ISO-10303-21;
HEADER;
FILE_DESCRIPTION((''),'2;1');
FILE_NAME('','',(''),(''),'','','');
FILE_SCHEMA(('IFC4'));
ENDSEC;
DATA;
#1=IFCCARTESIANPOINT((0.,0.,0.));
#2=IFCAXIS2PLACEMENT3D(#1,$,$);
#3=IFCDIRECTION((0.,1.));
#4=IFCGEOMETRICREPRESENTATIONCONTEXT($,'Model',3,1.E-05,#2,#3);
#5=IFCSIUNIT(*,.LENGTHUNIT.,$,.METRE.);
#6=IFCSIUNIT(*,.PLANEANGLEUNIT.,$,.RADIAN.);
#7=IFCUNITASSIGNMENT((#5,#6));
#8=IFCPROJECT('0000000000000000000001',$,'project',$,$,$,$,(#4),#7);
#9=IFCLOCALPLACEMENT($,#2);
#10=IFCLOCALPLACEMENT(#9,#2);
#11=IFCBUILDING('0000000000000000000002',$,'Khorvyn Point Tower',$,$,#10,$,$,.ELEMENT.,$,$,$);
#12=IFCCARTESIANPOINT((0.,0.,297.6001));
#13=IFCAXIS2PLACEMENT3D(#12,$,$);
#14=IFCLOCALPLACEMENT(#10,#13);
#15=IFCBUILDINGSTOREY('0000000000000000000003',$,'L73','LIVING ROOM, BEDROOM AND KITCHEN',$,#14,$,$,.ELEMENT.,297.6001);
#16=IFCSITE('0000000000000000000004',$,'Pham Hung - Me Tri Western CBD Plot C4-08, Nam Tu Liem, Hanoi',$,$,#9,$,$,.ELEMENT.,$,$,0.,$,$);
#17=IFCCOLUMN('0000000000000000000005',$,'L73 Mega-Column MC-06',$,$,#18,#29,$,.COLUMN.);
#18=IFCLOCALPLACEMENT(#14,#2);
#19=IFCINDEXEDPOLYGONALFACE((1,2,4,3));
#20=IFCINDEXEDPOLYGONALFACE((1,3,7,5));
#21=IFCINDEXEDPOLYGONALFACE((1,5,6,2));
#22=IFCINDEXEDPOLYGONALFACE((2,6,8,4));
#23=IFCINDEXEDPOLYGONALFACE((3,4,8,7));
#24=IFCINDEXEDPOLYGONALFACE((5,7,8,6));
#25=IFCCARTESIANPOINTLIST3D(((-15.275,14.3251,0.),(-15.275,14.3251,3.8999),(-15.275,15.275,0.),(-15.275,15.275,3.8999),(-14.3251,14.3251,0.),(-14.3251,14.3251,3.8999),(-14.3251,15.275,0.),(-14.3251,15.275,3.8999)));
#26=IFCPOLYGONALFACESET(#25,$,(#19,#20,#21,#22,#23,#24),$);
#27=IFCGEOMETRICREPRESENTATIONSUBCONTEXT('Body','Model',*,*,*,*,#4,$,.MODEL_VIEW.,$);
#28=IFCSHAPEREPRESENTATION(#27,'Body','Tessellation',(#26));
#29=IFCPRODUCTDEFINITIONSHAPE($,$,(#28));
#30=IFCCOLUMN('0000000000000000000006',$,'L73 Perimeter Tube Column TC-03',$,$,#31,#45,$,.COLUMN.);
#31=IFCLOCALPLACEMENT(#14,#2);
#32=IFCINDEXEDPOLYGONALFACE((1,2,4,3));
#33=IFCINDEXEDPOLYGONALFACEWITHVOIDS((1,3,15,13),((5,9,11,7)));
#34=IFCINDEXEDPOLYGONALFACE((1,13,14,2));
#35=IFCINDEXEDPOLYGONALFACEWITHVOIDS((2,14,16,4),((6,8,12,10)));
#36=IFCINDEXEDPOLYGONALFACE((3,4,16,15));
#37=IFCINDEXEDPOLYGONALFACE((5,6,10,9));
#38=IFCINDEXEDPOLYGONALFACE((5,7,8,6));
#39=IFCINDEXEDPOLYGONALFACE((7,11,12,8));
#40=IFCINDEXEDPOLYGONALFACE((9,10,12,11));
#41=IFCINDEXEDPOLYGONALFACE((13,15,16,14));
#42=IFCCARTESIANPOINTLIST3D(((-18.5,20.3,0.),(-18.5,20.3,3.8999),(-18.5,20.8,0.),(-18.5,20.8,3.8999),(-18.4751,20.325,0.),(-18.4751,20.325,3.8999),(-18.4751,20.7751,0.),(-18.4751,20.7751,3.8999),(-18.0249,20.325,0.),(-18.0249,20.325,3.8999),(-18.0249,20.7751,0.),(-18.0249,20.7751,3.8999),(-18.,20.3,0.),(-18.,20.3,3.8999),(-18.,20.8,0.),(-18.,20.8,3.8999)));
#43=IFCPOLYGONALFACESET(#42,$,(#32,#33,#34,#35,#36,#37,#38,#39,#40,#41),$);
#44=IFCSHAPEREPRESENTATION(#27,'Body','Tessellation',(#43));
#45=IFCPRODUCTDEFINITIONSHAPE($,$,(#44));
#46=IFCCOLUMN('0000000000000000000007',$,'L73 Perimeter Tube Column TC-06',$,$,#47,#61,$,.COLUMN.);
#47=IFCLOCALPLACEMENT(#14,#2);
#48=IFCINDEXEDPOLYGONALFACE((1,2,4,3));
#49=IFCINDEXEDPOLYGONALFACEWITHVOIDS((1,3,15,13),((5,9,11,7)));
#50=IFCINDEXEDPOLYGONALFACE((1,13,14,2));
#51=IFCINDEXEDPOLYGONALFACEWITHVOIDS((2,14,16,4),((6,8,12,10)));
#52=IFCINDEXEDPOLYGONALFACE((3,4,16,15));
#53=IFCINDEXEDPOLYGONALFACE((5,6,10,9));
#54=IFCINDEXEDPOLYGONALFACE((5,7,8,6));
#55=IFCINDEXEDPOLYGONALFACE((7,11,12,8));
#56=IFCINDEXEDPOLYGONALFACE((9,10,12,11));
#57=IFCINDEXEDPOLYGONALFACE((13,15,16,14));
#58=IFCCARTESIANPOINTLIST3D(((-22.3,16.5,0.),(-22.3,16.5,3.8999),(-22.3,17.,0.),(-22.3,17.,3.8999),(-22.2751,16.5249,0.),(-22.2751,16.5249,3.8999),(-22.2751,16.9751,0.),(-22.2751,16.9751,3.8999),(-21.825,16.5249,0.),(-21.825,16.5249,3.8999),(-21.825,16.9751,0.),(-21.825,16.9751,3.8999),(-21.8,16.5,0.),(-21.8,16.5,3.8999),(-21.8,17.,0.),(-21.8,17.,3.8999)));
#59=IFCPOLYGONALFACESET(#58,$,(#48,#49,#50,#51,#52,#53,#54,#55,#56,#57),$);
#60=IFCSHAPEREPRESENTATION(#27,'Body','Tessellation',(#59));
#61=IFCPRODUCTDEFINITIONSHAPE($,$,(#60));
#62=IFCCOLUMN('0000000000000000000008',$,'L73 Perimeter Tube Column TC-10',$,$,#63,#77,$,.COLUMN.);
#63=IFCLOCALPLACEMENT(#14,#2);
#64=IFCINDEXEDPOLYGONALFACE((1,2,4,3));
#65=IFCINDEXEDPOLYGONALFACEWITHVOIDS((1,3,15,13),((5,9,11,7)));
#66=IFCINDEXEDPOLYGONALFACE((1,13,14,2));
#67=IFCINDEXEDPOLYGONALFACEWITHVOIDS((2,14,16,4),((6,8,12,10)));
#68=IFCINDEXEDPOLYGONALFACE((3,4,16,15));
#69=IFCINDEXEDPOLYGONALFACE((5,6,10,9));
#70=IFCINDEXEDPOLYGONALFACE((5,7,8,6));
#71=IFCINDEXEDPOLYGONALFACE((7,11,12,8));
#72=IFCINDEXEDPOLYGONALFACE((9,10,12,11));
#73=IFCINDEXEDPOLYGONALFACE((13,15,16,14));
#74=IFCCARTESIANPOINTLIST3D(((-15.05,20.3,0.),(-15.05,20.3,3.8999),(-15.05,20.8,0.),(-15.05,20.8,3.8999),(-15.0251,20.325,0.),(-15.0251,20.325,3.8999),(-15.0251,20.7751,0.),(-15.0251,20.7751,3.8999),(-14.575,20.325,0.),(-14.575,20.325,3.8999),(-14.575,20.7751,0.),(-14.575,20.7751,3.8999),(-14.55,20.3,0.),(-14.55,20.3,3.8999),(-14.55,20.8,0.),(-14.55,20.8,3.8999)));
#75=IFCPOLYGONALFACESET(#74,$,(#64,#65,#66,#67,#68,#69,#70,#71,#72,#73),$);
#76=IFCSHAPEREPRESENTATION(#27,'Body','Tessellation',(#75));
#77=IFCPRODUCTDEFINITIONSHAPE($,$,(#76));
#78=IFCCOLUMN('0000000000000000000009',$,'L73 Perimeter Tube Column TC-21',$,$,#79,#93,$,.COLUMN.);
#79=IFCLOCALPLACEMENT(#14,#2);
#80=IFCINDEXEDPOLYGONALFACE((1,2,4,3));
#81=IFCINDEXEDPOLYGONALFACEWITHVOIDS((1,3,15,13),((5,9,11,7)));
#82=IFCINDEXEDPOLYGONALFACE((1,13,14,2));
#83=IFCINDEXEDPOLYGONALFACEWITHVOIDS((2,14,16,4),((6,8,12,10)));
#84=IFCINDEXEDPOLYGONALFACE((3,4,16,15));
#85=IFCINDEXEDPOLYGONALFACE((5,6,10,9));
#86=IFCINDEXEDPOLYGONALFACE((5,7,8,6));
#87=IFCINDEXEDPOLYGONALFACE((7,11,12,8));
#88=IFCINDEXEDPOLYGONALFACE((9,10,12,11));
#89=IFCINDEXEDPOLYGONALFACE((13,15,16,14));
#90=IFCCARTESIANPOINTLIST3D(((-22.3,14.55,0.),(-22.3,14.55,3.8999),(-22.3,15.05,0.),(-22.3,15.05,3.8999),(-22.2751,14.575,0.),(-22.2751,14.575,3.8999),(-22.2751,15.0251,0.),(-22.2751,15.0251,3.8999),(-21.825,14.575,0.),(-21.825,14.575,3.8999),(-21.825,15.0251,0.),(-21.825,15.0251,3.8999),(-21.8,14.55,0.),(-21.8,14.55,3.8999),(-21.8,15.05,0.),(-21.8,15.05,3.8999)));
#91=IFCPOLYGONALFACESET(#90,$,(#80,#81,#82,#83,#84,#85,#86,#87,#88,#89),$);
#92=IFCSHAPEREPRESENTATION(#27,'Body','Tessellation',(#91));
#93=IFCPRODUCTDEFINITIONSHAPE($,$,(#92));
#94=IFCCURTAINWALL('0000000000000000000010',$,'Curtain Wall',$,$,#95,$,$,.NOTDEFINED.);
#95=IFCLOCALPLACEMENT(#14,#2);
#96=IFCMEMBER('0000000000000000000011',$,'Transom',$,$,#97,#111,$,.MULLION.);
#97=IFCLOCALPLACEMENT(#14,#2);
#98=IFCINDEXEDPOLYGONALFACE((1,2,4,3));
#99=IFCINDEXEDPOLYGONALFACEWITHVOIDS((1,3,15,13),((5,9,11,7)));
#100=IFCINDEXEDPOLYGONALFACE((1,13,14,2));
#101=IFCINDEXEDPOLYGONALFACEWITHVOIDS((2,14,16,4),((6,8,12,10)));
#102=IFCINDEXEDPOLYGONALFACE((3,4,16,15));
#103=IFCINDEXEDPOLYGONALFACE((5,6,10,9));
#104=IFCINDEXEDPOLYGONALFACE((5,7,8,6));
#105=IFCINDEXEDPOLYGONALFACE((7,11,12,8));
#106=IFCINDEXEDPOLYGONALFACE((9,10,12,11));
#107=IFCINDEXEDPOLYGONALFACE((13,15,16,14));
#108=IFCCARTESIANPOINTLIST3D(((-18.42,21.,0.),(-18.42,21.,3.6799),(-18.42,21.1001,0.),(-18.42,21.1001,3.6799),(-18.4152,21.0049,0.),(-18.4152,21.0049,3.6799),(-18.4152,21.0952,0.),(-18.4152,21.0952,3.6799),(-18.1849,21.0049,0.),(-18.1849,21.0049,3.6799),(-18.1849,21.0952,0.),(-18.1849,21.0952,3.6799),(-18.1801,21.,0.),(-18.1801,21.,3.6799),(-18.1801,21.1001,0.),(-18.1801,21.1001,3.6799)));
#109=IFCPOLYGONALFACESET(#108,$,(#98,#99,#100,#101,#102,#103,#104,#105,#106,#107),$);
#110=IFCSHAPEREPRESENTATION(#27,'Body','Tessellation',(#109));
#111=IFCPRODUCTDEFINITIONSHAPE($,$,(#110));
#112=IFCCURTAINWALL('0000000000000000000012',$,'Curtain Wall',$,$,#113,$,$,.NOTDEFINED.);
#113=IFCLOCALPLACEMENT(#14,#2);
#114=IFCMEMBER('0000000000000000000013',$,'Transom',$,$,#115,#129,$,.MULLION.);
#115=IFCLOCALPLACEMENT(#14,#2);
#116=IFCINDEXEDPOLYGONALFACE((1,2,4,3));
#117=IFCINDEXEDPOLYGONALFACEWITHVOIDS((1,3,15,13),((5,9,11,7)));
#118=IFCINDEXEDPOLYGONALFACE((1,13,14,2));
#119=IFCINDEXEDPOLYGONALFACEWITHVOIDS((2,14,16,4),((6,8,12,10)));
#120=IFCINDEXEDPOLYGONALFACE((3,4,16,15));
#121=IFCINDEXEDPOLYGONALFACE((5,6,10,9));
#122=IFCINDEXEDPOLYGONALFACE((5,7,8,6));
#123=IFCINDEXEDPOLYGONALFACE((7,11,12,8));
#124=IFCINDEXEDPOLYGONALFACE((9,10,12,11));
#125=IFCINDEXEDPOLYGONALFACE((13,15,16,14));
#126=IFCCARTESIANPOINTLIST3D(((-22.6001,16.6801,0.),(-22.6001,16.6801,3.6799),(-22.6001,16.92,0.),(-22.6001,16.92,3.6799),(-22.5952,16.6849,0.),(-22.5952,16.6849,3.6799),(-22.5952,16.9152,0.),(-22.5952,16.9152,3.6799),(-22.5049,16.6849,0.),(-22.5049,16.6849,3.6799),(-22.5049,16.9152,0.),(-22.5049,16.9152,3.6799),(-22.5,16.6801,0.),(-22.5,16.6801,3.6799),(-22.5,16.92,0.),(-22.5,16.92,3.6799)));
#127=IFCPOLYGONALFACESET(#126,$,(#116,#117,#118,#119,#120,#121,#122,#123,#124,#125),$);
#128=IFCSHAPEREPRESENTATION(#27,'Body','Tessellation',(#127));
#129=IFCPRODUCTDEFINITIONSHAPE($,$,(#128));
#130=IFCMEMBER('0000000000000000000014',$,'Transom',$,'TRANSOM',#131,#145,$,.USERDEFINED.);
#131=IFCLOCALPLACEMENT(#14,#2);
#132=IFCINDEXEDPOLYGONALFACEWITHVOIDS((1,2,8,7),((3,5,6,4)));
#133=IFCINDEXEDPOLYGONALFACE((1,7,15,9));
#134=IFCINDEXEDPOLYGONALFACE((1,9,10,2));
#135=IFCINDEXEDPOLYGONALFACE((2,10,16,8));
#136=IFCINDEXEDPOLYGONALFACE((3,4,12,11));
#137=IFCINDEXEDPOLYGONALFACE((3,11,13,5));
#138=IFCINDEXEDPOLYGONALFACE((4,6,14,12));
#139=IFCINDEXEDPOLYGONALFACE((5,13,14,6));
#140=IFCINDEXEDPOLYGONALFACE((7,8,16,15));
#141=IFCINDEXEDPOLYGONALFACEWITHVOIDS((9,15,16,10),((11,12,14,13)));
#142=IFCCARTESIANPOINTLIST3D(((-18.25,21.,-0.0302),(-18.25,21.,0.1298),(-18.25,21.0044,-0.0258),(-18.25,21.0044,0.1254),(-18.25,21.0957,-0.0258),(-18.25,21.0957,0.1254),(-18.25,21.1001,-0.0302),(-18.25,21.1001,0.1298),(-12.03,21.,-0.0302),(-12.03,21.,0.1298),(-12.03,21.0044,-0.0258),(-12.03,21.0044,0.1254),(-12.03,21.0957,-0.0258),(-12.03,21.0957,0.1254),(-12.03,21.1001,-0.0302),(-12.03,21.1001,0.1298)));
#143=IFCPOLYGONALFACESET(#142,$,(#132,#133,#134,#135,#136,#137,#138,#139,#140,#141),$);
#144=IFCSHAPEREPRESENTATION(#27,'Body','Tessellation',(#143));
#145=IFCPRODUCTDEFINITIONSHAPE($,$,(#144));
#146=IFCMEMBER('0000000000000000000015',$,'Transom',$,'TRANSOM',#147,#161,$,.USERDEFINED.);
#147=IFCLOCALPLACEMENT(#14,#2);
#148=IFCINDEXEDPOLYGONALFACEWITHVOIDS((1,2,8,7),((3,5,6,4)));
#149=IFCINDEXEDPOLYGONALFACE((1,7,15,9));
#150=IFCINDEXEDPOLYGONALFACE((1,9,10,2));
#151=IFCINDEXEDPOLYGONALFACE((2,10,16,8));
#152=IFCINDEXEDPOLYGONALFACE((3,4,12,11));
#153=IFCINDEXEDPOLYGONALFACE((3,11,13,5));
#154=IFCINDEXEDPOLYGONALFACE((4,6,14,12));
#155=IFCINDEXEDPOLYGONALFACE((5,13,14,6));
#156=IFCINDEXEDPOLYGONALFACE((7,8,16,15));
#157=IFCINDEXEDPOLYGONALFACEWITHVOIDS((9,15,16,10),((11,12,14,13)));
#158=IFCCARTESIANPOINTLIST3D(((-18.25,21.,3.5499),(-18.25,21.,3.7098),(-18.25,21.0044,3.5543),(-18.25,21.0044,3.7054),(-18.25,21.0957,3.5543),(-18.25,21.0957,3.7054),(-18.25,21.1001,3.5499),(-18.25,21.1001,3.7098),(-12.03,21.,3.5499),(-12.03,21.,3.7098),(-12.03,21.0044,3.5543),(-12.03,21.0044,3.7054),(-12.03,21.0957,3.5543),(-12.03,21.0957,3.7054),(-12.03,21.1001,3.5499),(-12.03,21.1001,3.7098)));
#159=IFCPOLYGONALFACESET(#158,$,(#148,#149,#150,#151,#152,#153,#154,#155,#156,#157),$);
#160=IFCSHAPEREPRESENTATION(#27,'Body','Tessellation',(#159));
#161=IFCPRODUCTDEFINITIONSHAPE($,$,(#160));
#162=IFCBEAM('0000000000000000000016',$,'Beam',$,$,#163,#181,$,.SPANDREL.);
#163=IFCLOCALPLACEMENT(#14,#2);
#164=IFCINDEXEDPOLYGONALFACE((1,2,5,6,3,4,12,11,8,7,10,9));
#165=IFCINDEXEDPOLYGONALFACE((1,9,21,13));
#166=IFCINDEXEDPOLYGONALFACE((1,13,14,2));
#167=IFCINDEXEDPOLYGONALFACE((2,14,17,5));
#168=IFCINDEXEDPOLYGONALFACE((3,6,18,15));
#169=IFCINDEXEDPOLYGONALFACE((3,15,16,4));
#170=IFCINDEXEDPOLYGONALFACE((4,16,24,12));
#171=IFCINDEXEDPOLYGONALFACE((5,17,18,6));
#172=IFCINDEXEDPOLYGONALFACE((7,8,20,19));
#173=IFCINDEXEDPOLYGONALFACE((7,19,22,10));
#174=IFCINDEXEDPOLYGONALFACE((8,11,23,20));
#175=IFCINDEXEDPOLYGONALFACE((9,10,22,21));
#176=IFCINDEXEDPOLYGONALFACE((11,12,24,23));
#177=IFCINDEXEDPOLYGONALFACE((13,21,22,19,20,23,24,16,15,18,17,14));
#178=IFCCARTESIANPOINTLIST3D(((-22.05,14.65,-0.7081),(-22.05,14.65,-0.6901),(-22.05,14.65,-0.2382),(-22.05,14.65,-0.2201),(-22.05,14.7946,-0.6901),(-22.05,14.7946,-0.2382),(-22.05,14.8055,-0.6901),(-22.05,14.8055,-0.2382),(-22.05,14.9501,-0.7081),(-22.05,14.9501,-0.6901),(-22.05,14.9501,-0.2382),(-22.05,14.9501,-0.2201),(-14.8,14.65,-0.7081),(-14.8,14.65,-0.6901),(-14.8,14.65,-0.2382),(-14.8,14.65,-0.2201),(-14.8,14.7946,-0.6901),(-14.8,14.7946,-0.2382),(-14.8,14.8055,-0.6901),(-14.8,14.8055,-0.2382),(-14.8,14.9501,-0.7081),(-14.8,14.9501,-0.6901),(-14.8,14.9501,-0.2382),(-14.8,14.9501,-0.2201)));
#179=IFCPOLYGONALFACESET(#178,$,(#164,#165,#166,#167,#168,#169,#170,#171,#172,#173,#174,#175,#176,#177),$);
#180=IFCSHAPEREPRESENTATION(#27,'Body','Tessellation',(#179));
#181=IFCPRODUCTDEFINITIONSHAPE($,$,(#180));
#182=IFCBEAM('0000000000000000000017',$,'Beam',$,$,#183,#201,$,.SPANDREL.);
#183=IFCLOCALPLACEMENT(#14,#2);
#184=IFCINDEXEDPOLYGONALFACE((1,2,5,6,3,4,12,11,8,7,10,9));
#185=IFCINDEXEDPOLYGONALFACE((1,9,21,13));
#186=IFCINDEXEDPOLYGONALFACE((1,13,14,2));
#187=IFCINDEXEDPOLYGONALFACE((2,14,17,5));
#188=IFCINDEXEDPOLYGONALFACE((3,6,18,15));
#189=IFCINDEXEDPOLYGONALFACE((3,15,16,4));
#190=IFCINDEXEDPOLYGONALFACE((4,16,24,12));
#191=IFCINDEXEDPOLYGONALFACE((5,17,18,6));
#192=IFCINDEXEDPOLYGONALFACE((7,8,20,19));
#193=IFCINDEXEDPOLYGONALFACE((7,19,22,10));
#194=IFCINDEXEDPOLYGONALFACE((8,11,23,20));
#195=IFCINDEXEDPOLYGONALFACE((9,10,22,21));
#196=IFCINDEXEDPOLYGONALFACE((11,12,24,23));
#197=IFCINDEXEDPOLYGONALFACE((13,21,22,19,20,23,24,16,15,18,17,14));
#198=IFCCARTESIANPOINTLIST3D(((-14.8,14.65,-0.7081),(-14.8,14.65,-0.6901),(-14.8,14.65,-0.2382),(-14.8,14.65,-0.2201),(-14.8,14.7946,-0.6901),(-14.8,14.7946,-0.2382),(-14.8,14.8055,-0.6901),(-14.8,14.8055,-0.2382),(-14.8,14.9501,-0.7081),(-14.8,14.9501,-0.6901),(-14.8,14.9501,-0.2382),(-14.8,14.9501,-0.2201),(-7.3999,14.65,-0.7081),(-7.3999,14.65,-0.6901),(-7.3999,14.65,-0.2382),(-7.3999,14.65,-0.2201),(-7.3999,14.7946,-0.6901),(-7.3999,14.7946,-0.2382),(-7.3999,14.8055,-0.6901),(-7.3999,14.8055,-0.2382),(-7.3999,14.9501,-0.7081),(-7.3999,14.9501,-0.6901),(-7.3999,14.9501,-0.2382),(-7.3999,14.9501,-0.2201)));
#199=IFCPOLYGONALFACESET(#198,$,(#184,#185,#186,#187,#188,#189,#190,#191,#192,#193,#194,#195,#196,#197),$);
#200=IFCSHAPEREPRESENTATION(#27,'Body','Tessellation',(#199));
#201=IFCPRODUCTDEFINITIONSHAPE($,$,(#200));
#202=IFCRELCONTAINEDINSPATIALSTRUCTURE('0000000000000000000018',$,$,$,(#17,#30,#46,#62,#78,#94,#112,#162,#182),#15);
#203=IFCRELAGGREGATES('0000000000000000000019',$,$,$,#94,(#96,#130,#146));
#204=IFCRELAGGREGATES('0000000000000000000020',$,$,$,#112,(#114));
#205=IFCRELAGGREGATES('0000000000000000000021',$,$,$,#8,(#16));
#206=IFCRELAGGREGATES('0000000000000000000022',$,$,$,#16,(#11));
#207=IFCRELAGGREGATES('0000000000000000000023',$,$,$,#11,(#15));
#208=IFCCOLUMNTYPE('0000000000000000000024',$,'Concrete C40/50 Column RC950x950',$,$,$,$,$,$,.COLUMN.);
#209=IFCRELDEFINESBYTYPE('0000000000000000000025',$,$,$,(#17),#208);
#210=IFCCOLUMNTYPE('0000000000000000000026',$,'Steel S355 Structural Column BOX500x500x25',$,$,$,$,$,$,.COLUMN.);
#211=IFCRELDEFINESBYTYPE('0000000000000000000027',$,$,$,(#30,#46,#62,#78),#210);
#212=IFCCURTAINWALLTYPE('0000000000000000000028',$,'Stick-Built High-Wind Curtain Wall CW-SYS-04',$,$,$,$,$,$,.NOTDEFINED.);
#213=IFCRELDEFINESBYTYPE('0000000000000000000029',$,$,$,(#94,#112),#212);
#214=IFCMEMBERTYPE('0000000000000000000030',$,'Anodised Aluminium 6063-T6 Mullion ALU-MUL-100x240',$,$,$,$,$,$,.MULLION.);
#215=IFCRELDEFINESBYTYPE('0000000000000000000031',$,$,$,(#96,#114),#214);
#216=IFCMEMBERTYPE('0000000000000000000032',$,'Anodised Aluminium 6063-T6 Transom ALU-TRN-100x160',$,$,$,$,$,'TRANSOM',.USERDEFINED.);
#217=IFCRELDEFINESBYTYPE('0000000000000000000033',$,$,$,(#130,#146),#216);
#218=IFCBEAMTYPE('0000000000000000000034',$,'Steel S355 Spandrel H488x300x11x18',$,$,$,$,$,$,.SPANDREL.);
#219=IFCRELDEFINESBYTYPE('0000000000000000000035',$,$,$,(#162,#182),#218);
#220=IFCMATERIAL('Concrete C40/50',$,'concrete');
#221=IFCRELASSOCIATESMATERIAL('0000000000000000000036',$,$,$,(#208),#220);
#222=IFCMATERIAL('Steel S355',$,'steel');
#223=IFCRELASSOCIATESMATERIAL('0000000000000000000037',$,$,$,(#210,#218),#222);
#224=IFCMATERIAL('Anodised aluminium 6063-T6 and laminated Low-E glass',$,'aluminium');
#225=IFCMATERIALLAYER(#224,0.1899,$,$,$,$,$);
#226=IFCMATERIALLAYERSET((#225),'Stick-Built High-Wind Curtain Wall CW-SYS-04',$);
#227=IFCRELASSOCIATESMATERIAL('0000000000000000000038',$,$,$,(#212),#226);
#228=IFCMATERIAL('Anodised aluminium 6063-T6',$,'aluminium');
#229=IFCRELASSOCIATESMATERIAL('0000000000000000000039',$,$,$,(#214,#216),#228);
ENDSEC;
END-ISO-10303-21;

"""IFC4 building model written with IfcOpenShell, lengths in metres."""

from ifc_helpers import new_model, si_unit, direction, frame, origin, origin_2d, place, context, subcontext, project, spatial, rectangle, hollow_rectangle, i_section, extrude, material, layer, layer_set, material_profile, profile_set, type_object, element, aggregate, save


model = new_model("IFC4")

# Units and contexts
model_context = context("Model", 3, precision=1e-05, world=origin(), true_north=direction((0.0, 1.0)))
body_context = subcontext(model_context, "Body", "Model", "MODEL_VIEW")
ifc_project = project(units=[si_unit("LENGTHUNIT", "METRE"), si_unit("PLANEANGLEUNIT", "RADIAN")], contexts=[model_context])

# Site, building, storey
site_placement = place(None, origin())
site = spatial("IfcSite", under=ifc_project, at=site_placement, Name="Pham Hung - Me Tri Western CBD Plot C4-08, Nam Tu Liem, Hanoi", CompositionType="ELEMENT", RefElevation=0.0)
building_placement = place(site_placement, origin())
building = spatial("IfcBuilding", under=site, at=building_placement, Name="Khorvyn Point Tower", CompositionType="ELEMENT")
storey_placement = place(building_placement, frame((0.0, 0.0, 297.6001)))
storey = spatial("IfcBuildingStorey", under=building, at=storey_placement, Name="L73", Description="LIVING ROOM, BEDROOM AND KITCHEN", CompositionType="ELEMENT", Elevation=297.6001)

# Columns
ifc_material_1 = material(Name="Concrete C40/50", Category="concrete")
ifc_material_profile_1 = material_profile(ifc_material_1, rectangle(XDim=0.95, YDim=0.95, at=origin_2d()))
ifc_profile_set_1 = profile_set([ifc_material_profile_1], Name="Concrete C40/50 RC950x950")
column_type_1 = type_object("IfcColumnType", Name="Concrete C40/50 Column RC950x950", PredefinedType="COLUMN", material=ifc_profile_set_1)
column_placement = place(storey_placement, frame((-14.8, 14.8, 0.0), z_axis=(0.0, 0.0, 1.0), x_axis=(1.0, 0.0, 0.0)))
element("IfcColumn", 1, at=column_placement, inside=storey, type_object=column_type_1, Name="L73 Mega-Column MC-06", PredefinedType="COLUMN", context=body_context, shape_type="SweptSolid", body=[
    extrude(rectangle(XDim=0.95, YDim=0.95, at=origin_2d()), origin(), (0.0, 0.0, 1.0), 3.8999),
])
ifc_material_2 = material(Name="Steel S355", Category="steel")
ifc_material_profile_2 = material_profile(ifc_material_2, hollow_rectangle(XDim=0.5, YDim=0.5, WallThickness=0.0249, at=origin_2d()))
ifc_profile_set_2 = profile_set([ifc_material_profile_2], Name="Steel S355 BOX500x500x25")
column_type_2 = type_object("IfcColumnType", Name="Steel S355 Structural Column BOX500x500x25", PredefinedType="COLUMN", material=ifc_profile_set_2)
for number, where, z_axis, x_axis, name in (
    (2, (-18.25, 20.55, 0.0), (0.0, 0.0, 1.0), (1.0, 0.0, 0.0), "L73 Perimeter Tube Column TC-03"),
    (3, (-22.05, 16.75, 0.0), (0.0, 0.0, 1.0), (1.0, 0.0, 0.0), "L73 Perimeter Tube Column TC-06"),
    (4, (-14.8, 20.55, 0.0), (0.0, 0.0, 1.0), (1.0, 0.0, 0.0), "L73 Perimeter Tube Column TC-10"),
    (5, (-22.05, 14.8, 0.0), (0.0, 0.0, 1.0), (1.0, 0.0, 0.0), "L73 Perimeter Tube Column TC-21"),
):
    element("IfcColumn", number, at=place(storey_placement, frame(where, z_axis=z_axis, x_axis=x_axis)), inside=storey, type_object=column_type_2, Name=name, PredefinedType="COLUMN", context=body_context, shape_type="SweptSolid", body=[
        extrude(hollow_rectangle(XDim=0.5, YDim=0.5, WallThickness=0.0249, at=origin_2d()), origin(), (0.0, 0.0, 1.0), 3.8999),
    ])

# Curtain walls, members
ifc_material_3 = material(Name="Anodised aluminium 6063-T6 and laminated Low-E glass", Category="aluminium")
ifc_layer_1 = layer(ifc_material_3, 0.1899)
ifc_layer_set_1 = layer_set([ifc_layer_1], Name="Stick-Built High-Wind Curtain Wall CW-SYS-04")
curtain_wall_type = type_object("IfcCurtainWallType", Name="Stick-Built High-Wind Curtain Wall CW-SYS-04", PredefinedType="NOTDEFINED", material=ifc_layer_set_1)
curtain_wall_1_placement = place(storey_placement, origin())
curtain_wall_1 = element("IfcCurtainWall", 6, at=curtain_wall_1_placement, inside=storey, type_object=curtain_wall_type, Name="Curtain Wall", PredefinedType="NOTDEFINED")
ifc_material_4 = material(Name="Anodised aluminium 6063-T6", Category="aluminium")
ifc_material_profile_3 = material_profile(ifc_material_4, hollow_rectangle(XDim=0.1001, YDim=0.24, WallThickness=0.0049, at=origin_2d()))
ifc_profile_set_3 = profile_set([ifc_material_profile_3], Name="Anodised aluminium 6063-T6 ALU-MUL-100x240")
member_type_1 = type_object("IfcMemberType", Name="Anodised Aluminium 6063-T6 Mullion ALU-MUL-100x240", PredefinedType="MULLION", material=ifc_profile_set_3)
member_1_placement = place(storey_placement, frame((-18.3, 21.05, 0.0), z_axis=(0.0, 0.0, 1.0), x_axis=(0.0, 1.0, 0.0)))
member_1 = element("IfcMember", 7, at=member_1_placement, type_object=member_type_1, Name="Transom", PredefinedType="MULLION", context=body_context, shape_type="SweptSolid", body=[
    extrude(hollow_rectangle(XDim=0.1001, YDim=0.24, WallThickness=0.0049, at=origin_2d()), origin(), (0.0, 0.0, 1.0), 3.6799),
])
curtain_wall_2_placement = place(storey_placement, origin())
curtain_wall_2 = element("IfcCurtainWall", 8, at=curtain_wall_2_placement, inside=storey, type_object=curtain_wall_type, Name="Curtain Wall", PredefinedType="NOTDEFINED")
member_2_placement = place(storey_placement, frame((-22.55, 16.8, 0.0), z_axis=(0.0, 0.0, 1.0), x_axis=(-1.0, 0.0, 0.0)))
member_2 = element("IfcMember", 9, at=member_2_placement, type_object=member_type_1, Name="Transom", PredefinedType="MULLION", context=body_context, shape_type="SweptSolid", body=[
    extrude(hollow_rectangle(XDim=0.1001, YDim=0.24, WallThickness=0.0049, at=origin_2d()), origin(), (0.0, 0.0, 1.0), 3.6799),
])

# Members
ifc_material_profile_4 = material_profile(ifc_material_4, hollow_rectangle(XDim=0.1001, YDim=0.1599, WallThickness=0.0044, at=origin_2d()))
ifc_profile_set_4 = profile_set([ifc_material_profile_4], Name="Anodised aluminium 6063-T6 ALU-TRN-100x160")
member_type_2 = type_object("IfcMemberType", Name="Anodised Aluminium 6063-T6 Transom ALU-TRN-100x160", ElementType="TRANSOM", PredefinedType="USERDEFINED", material=ifc_profile_set_4)
member_3_placement = place(storey_placement, frame((-18.25, 21.05, 0.0498), z_axis=(1.0, 0.0, 0.0), x_axis=(0.0, 1.0, 0.0)))
member_3 = element("IfcMember", 10, at=member_3_placement, type_object=member_type_2, Name="Transom", ObjectType="TRANSOM", PredefinedType="USERDEFINED", context=body_context, shape_type="SweptSolid", body=[
    extrude(hollow_rectangle(XDim=0.1001, YDim=0.1599, WallThickness=0.0044, at=origin_2d()), origin(), (0.0, 0.0, 1.0), 6.22),
])
member_4_placement = place(storey_placement, frame((-18.25, 21.05, 3.6299), z_axis=(1.0, 0.0, 0.0), x_axis=(0.0, 1.0, 0.0)))
member_4 = element("IfcMember", 11, at=member_4_placement, type_object=member_type_2, Name="Transom", ObjectType="TRANSOM", PredefinedType="USERDEFINED", context=body_context, shape_type="SweptSolid", body=[
    extrude(hollow_rectangle(XDim=0.1001, YDim=0.1599, WallThickness=0.0044, at=origin_2d()), origin(), (0.0, 0.0, 1.0), 6.22),
])

# Beams
ifc_material_profile_5 = material_profile(ifc_material_2, i_section(OverallWidth=0.3, OverallDepth=0.488, WebThickness=0.011, FlangeThickness=0.0181, at=origin_2d()))
ifc_profile_set_5 = profile_set([ifc_material_profile_5], Name="Steel S355 H488x300x11x18")
beam_type_1 = type_object("IfcBeamType", Name="Steel S355 Spandrel H488x300x11x18", PredefinedType="SPANDREL", material=ifc_profile_set_5)
beam_1_placement = place(storey_placement, frame((-22.05, 14.8, -0.4641), z_axis=(1.0, 0.0, 0.0), x_axis=(0.0, 1.0, 0.0)))
element("IfcBeam", 12, at=beam_1_placement, inside=storey, type_object=beam_type_1, Name="Beam", PredefinedType="SPANDREL", context=body_context, shape_type="SweptSolid", body=[
    extrude(i_section(OverallWidth=0.3, OverallDepth=0.488, WebThickness=0.011, FlangeThickness=0.0181, at=origin_2d()), origin(), (0.0, 0.0, 1.0), 7.25),
])
beam_2_placement = place(storey_placement, frame((-14.8, 14.8, -0.4641), z_axis=(1.0, 0.0, 0.0), x_axis=(0.0, 1.0, 0.0)))
element("IfcBeam", 13, at=beam_2_placement, inside=storey, type_object=beam_type_1, Name="Beam", PredefinedType="SPANDREL", context=body_context, shape_type="SweptSolid", body=[
    extrude(i_section(OverallWidth=0.3, OverallDepth=0.488, WebThickness=0.011, FlangeThickness=0.0181, at=origin_2d()), origin(), (0.0, 0.0, 1.0), 7.4001),
])

aggregate(curtain_wall_1, [member_1, member_3, member_4])
aggregate(curtain_wall_2, [member_2])

save(model, "model.ifc")
